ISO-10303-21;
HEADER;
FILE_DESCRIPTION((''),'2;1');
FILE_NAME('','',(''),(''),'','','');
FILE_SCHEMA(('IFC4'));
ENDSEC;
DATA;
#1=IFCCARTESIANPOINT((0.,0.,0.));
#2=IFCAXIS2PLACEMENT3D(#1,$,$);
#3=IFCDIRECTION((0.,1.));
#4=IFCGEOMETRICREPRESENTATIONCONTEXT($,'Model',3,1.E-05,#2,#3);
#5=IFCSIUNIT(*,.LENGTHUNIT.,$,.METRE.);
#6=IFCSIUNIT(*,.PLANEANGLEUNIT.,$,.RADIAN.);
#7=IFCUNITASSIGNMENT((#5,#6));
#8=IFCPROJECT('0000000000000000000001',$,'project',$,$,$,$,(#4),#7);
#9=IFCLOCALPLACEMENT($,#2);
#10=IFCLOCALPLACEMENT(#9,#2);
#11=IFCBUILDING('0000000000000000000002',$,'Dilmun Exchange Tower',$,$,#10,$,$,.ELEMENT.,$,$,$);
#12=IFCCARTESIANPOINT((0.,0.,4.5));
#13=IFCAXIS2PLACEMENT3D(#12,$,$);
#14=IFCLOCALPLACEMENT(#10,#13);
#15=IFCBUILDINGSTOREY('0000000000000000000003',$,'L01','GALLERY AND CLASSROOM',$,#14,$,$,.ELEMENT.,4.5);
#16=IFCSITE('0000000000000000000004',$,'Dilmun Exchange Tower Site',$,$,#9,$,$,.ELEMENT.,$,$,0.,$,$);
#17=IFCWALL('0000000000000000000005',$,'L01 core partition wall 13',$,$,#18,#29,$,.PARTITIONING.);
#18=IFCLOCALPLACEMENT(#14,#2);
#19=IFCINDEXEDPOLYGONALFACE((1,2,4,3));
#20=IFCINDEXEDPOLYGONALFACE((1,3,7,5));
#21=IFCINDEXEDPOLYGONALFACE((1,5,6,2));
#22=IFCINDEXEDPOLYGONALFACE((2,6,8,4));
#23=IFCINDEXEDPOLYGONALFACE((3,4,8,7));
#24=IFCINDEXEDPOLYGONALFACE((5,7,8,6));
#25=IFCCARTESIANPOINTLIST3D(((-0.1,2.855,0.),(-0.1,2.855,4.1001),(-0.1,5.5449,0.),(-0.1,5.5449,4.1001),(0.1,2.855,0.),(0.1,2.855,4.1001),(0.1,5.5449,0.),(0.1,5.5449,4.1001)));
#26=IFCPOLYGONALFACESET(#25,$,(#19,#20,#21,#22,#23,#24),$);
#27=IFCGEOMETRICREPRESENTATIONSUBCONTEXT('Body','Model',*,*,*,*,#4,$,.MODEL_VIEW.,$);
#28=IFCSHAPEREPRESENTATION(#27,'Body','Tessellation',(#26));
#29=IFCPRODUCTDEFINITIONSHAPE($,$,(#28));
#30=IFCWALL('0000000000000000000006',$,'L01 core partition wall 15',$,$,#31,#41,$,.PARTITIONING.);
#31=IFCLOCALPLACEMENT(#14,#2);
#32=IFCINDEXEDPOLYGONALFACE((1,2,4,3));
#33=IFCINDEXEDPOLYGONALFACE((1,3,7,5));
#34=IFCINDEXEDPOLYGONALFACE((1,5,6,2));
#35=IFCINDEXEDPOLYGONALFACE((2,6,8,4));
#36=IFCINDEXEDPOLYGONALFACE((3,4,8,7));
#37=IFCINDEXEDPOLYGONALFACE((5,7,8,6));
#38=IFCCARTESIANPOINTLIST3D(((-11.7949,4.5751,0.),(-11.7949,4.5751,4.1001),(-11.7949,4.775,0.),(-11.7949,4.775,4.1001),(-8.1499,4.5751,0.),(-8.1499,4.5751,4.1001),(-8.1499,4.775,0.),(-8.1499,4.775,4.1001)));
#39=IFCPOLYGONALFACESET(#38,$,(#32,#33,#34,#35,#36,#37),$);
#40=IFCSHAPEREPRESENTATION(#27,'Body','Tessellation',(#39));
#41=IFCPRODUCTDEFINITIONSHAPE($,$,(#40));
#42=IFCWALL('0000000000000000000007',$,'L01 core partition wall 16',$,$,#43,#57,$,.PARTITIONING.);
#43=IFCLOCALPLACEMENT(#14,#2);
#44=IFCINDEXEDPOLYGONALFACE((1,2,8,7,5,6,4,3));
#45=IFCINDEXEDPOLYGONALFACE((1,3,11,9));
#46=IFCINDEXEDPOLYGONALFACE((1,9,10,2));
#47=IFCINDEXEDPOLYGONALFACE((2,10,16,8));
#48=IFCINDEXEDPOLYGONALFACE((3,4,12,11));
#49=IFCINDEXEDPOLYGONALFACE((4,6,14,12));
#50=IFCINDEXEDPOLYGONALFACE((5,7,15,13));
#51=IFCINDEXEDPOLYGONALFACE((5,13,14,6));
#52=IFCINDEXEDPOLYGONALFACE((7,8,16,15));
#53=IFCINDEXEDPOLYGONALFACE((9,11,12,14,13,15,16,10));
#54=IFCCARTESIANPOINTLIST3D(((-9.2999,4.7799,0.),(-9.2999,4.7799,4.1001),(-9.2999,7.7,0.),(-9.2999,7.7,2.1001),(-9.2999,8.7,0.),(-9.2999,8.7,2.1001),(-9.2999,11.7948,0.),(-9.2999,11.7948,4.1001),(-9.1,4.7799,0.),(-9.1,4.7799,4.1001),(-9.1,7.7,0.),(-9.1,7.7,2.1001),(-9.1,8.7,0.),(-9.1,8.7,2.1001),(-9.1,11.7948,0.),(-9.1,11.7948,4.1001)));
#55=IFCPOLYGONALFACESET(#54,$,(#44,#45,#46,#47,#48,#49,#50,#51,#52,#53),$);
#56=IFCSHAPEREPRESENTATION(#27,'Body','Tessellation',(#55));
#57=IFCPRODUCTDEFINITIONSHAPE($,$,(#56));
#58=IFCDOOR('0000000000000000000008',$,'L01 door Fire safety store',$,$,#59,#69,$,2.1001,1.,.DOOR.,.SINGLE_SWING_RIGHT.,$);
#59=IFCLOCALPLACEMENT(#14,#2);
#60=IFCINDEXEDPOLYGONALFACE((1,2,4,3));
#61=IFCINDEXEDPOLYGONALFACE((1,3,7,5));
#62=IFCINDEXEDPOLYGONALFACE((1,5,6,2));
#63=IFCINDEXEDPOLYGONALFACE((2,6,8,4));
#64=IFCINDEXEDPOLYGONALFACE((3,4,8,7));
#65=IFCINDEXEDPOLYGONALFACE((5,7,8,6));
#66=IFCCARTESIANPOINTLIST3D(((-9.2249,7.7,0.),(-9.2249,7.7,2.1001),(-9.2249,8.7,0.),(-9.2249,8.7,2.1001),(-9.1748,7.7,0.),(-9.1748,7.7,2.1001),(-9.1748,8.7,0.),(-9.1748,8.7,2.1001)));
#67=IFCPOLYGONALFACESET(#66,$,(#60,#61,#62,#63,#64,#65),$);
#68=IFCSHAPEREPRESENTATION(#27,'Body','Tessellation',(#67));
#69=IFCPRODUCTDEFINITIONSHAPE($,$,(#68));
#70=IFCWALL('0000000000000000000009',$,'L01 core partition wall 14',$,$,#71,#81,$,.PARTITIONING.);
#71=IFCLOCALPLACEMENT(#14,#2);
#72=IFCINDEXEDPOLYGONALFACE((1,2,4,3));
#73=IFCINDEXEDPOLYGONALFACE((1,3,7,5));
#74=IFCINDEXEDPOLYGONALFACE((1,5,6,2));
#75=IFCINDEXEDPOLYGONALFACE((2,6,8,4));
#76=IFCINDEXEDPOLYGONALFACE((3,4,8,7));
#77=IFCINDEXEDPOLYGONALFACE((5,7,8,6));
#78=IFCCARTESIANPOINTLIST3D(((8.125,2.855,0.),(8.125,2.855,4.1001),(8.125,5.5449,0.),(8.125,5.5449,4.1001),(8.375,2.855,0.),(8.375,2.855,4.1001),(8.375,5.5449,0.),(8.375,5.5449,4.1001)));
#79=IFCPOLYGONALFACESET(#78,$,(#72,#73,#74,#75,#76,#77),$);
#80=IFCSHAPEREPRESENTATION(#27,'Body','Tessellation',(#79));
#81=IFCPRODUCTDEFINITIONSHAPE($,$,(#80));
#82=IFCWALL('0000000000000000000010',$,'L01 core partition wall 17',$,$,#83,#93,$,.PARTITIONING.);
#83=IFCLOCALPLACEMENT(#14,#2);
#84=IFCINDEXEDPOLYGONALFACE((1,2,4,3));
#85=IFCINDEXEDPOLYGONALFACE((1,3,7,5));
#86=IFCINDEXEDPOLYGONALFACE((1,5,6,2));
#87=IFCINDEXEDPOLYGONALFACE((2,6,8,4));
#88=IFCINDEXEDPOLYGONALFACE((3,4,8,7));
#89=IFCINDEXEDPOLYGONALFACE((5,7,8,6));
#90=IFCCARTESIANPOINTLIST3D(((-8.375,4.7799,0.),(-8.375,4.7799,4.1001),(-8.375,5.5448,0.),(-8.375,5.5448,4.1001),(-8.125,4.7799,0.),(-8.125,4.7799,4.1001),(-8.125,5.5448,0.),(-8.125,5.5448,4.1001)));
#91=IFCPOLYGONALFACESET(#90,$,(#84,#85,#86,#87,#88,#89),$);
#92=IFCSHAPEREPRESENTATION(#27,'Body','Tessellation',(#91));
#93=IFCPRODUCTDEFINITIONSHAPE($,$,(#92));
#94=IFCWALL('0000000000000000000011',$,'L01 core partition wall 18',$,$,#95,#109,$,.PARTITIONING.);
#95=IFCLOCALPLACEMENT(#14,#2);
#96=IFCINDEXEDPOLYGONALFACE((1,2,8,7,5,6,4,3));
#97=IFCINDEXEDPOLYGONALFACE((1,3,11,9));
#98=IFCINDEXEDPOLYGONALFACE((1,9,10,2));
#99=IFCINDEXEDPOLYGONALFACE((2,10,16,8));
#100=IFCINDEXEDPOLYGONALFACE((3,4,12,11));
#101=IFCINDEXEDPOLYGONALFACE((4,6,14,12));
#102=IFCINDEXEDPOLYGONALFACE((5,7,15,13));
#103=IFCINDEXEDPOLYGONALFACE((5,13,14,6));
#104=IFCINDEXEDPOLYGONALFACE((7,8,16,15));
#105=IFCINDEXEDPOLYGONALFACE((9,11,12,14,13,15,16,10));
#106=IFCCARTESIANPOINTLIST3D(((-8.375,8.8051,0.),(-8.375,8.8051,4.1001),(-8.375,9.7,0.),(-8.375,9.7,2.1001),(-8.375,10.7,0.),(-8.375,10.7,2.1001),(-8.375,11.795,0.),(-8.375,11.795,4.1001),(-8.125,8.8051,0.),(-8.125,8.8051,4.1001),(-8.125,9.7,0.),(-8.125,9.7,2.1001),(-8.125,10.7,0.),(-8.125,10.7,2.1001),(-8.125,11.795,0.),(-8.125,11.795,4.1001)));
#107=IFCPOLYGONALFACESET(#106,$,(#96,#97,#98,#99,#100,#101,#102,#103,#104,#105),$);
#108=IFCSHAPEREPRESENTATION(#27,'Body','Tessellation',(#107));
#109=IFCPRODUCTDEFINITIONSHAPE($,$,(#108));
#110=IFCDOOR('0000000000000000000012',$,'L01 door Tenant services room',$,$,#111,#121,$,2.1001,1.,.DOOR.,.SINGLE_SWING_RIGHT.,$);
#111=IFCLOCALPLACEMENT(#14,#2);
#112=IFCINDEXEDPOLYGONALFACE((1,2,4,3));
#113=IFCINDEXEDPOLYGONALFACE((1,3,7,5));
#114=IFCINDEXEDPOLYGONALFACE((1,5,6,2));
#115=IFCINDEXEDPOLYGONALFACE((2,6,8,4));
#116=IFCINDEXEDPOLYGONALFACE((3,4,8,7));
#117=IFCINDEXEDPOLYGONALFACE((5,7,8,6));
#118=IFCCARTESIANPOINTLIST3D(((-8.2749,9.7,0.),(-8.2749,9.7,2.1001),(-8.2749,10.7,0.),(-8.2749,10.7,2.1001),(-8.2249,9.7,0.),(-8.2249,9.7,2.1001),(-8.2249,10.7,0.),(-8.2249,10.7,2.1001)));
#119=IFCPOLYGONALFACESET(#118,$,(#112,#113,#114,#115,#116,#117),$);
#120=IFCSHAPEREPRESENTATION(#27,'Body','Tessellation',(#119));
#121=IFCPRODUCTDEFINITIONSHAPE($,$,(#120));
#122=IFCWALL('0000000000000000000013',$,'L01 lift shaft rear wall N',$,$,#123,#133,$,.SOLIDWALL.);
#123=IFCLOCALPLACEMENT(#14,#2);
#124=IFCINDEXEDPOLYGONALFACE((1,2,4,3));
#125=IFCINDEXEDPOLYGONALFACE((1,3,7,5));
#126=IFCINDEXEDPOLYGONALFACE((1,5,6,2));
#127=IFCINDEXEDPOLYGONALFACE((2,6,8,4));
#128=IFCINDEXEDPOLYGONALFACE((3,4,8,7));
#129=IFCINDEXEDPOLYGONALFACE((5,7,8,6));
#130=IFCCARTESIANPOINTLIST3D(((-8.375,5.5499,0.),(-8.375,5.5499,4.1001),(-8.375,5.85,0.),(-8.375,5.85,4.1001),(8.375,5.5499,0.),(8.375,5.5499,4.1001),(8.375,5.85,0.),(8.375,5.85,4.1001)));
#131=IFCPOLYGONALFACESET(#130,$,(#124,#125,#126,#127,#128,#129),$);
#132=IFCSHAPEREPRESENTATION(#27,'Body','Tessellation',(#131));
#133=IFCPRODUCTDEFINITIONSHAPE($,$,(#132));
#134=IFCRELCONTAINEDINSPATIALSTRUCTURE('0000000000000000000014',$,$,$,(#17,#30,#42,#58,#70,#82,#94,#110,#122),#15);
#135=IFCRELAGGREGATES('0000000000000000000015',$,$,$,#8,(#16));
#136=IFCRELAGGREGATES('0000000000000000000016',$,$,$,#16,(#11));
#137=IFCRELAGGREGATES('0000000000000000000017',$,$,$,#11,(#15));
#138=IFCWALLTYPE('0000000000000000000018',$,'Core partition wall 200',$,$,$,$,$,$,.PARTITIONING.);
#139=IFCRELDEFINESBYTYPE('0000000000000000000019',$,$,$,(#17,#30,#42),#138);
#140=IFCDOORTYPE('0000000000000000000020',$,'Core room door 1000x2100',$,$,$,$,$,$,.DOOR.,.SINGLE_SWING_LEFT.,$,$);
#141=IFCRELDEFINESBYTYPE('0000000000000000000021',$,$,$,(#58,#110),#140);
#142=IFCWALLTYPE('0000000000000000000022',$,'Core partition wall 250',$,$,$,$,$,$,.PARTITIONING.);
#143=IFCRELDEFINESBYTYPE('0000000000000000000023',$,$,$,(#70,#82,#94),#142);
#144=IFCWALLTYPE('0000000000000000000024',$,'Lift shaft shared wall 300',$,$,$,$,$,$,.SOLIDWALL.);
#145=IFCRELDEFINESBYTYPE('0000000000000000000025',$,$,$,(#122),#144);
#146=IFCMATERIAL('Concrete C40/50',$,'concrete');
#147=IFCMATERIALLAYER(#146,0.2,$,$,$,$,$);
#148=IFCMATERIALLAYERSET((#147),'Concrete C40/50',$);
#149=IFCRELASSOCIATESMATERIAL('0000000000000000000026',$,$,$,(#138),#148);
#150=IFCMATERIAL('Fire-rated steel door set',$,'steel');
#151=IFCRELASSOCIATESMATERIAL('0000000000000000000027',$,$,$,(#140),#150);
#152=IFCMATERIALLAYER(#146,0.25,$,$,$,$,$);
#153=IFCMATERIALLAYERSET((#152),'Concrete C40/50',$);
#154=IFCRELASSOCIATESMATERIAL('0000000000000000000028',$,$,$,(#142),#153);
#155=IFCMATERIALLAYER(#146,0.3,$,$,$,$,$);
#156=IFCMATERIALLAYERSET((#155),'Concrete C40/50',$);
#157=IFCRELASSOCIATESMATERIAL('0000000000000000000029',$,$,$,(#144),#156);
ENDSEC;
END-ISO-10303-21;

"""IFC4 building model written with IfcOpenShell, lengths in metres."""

from ifc_helpers import new_model, si_unit, direction, frame, frame_2d, origin, place, context, subcontext, project, spatial, rectangle, extrude, material, layer, layer_set, type_object, element, fill, save


model = new_model("IFC4")

# Units and contexts
model_context = context("Model", 3, precision=1e-05, world=origin(), true_north=direction((0.0, 1.0)))
body_context = subcontext(model_context, "Body", "Model", "MODEL_VIEW")
ifc_project = project(units=[si_unit("LENGTHUNIT", "METRE"), si_unit("PLANEANGLEUNIT", "RADIAN")], contexts=[model_context])

# Site, building, storey
site_placement = place(None, origin())
site = spatial("IfcSite", under=ifc_project, at=site_placement, Name="Dilmun Exchange Tower Site", CompositionType="ELEMENT", RefElevation=0.0)
building_placement = place(site_placement, origin())
building = spatial("IfcBuilding", under=site, at=building_placement, Name="Dilmun Exchange Tower", CompositionType="ELEMENT")
storey_placement = place(building_placement, frame((0.0, 0.0, 4.5)))
storey = spatial("IfcBuildingStorey", under=building, at=storey_placement, Name="L01", Description="GALLERY AND CLASSROOM", CompositionType="ELEMENT", Elevation=4.5)

# Walls
ifc_material_1 = material(Name="Concrete C40/50", Category="concrete")
ifc_layer_1 = layer(ifc_material_1, 0.2)
ifc_layer_set_1 = layer_set([ifc_layer_1], Name="Concrete C40/50")
wall_type_1 = type_object("IfcWallType", Name="Core partition wall 200", PredefinedType="PARTITIONING", material=ifc_layer_set_1)
wall_1_placement = place(storey_placement, frame((0.0, 2.855, 0.0), z_axis=(0.0, 0.0, 1.0), x_axis=(0.0, 1.0, 0.0)))
element("IfcWall", 1, at=wall_1_placement, inside=storey, type_object=wall_type_1, Name="L01 core partition wall 13", PredefinedType="PARTITIONING", context=body_context, shape_type="SweptSolid", body=[
    extrude(rectangle(XDim=2.6899, YDim=0.2, at=frame_2d((1.345, 0.0))), origin(), (0.0, 0.0, 1.0), 4.1001),
])
wall_2_placement = place(storey_placement, frame((-11.7949, 4.675, 0.0), z_axis=(0.0, 0.0, 1.0), x_axis=(1.0, 0.0, 0.0)))
element("IfcWall", 2, at=wall_2_placement, inside=storey, type_object=wall_type_1, Name="L01 core partition wall 15", PredefinedType="PARTITIONING", context=body_context, shape_type="SweptSolid", body=[
    extrude(rectangle(XDim=3.645, YDim=0.2, at=frame_2d((1.8225, 0.0))), origin(), (0.0, 0.0, 1.0), 4.1001),
])

# Wall, opening, door
wall_3_placement = place(storey_placement, frame((-9.2, 4.78, 0.0), z_axis=(0.0, 0.0, 1.0), x_axis=(0.0, 1.0, 0.0)))
wall_3 = element("IfcWall", 3, at=wall_3_placement, inside=storey, type_object=wall_type_1, Name="L01 core partition wall 16", PredefinedType="PARTITIONING", context=body_context, shape_type="SweptSolid", body=[
    extrude(rectangle(XDim=7.0149, YDim=0.2, at=frame_2d((3.5073, 0.0))), origin(), (0.0, 0.0, 1.0), 4.1001),
])
opening_1_placement = place(wall_3_placement, frame((2.9199, 0.0, 0.0)))
opening_1 = element("IfcOpeningElement", 4, at=opening_1_placement, cuts=wall_3, PredefinedType="OPENING", context=body_context, shape_type="SweptSolid", body=[
    extrude(rectangle(XDim=1.0, YDim=2.1001, at=frame_2d((0.5, 1.05))), frame((0.0, 0.1099, 0.0), z_axis=(0.0, -1.0, 0.0), x_axis=(1.0, 0.0, 0.0)), (0.0, 0.0, 1.0), 0.22),
])
ifc_material_2 = material(Name="Fire-rated steel door set", Category="steel")
door_type_1 = type_object("IfcDoorType", Name="Core room door 1000x2100", OperationType="SINGLE_SWING_LEFT", PredefinedType="DOOR", material=ifc_material_2)
door_1_placement = place(opening_1_placement, origin())
door_1 = element("IfcDoor", 5, at=door_1_placement, inside=storey, type_object=door_type_1, Name="L01 door Fire safety store", OperationType="SINGLE_SWING_RIGHT", OverallHeight=2.1001, OverallWidth=1.0, PredefinedType="DOOR", context=body_context, shape_type="SweptSolid", body=[
    extrude(rectangle(XDim=1.0, YDim=2.1001, at=frame_2d((0.5, 1.05))), frame((0.0, 0.0249, 0.0), z_axis=(0.0, -1.0, 0.0), x_axis=(1.0, 0.0, 0.0)), (0.0, 0.0, 1.0), 0.05),
])
fill(opening_1, door_1)

# Walls
ifc_layer_2 = layer(ifc_material_1, 0.25)
ifc_layer_set_2 = layer_set([ifc_layer_2], Name="Concrete C40/50")
wall_type_2 = type_object("IfcWallType", Name="Core partition wall 250", PredefinedType="PARTITIONING", material=ifc_layer_set_2)
wall_4_placement = place(storey_placement, frame((8.25, 2.855, 0.0), z_axis=(0.0, 0.0, 1.0), x_axis=(0.0, 1.0, 0.0)))
element("IfcWall", 6, at=wall_4_placement, inside=storey, type_object=wall_type_2, Name="L01 core partition wall 14", PredefinedType="PARTITIONING", context=body_context, shape_type="SweptSolid", body=[
    extrude(rectangle(XDim=2.6899, YDim=0.25, at=frame_2d((1.345, 0.0))), origin(), (0.0, 0.0, 1.0), 4.1001),
])
wall_5_placement = place(storey_placement, frame((-8.25, 4.78, 0.0), z_axis=(0.0, 0.0, 1.0), x_axis=(0.0, 1.0, 0.0)))
element("IfcWall", 7, at=wall_5_placement, inside=storey, type_object=wall_type_2, Name="L01 core partition wall 17", PredefinedType="PARTITIONING", context=body_context, shape_type="SweptSolid", body=[
    extrude(rectangle(XDim=0.7649, YDim=0.25, at=frame_2d((0.3823, 0.0))), origin(), (0.0, 0.0, 1.0), 4.1001),
])

# Wall, opening, door
wall_6_placement = place(storey_placement, frame((-8.25, 8.8049, 0.0), z_axis=(0.0, 0.0, 1.0), x_axis=(0.0, 1.0, 0.0)))
wall_6 = element("IfcWall", 8, at=wall_6_placement, inside=storey, type_object=wall_type_2, Name="L01 core partition wall 18", PredefinedType="PARTITIONING", context=body_context, shape_type="SweptSolid", body=[
    extrude(rectangle(XDim=2.99, YDim=0.25, at=frame_2d((1.4951, 0.0))), origin(), (0.0, 0.0, 1.0), 4.1001),
])
opening_2_placement = place(wall_6_placement, frame((0.895, 0.0, 0.0)))
opening_2 = element("IfcOpeningElement", 9, at=opening_2_placement, cuts=wall_6, PredefinedType="OPENING", context=body_context, shape_type="SweptSolid", body=[
    extrude(rectangle(XDim=1.0, YDim=2.1001, at=frame_2d((0.5, 1.05))), frame((0.0, 0.135, 0.0), z_axis=(0.0, -1.0, 0.0), x_axis=(1.0, 0.0, 0.0)), (0.0, 0.0, 1.0), 0.27),
])
door_2_placement = place(opening_2_placement, origin())
door_2 = element("IfcDoor", 10, at=door_2_placement, inside=storey, type_object=door_type_1, Name="L01 door Tenant services room", OperationType="SINGLE_SWING_RIGHT", OverallHeight=2.1001, OverallWidth=1.0, PredefinedType="DOOR", context=body_context, shape_type="SweptSolid", body=[
    extrude(rectangle(XDim=1.0, YDim=2.1001, at=frame_2d((0.5, 1.05))), frame((0.0, 0.0249, 0.0), z_axis=(0.0, -1.0, 0.0), x_axis=(1.0, 0.0, 0.0)), (0.0, 0.0, 1.0), 0.05),
])
fill(opening_2, door_2)

# Wall
ifc_layer_3 = layer(ifc_material_1, 0.3)
ifc_layer_set_3 = layer_set([ifc_layer_3], Name="Concrete C40/50")
wall_type_3 = type_object("IfcWallType", Name="Lift shaft shared wall 300", PredefinedType="SOLIDWALL", material=ifc_layer_set_3)
wall_7_placement = place(storey_placement, frame((-8.375, 5.7, 0.0), z_axis=(0.0, 0.0, 1.0), x_axis=(1.0, 0.0, 0.0)))
element("IfcWall", 11, at=wall_7_placement, inside=storey, type_object=wall_type_3, Name="L01 lift shaft rear wall N", PredefinedType="SOLIDWALL", context=body_context, shape_type="SweptSolid", body=[
    extrude(rectangle(XDim=16.75, YDim=0.3, at=frame_2d((8.375, 0.0))), origin(), (0.0, 0.0, 1.0), 4.1001),
])

save(model, "model.ifc")
